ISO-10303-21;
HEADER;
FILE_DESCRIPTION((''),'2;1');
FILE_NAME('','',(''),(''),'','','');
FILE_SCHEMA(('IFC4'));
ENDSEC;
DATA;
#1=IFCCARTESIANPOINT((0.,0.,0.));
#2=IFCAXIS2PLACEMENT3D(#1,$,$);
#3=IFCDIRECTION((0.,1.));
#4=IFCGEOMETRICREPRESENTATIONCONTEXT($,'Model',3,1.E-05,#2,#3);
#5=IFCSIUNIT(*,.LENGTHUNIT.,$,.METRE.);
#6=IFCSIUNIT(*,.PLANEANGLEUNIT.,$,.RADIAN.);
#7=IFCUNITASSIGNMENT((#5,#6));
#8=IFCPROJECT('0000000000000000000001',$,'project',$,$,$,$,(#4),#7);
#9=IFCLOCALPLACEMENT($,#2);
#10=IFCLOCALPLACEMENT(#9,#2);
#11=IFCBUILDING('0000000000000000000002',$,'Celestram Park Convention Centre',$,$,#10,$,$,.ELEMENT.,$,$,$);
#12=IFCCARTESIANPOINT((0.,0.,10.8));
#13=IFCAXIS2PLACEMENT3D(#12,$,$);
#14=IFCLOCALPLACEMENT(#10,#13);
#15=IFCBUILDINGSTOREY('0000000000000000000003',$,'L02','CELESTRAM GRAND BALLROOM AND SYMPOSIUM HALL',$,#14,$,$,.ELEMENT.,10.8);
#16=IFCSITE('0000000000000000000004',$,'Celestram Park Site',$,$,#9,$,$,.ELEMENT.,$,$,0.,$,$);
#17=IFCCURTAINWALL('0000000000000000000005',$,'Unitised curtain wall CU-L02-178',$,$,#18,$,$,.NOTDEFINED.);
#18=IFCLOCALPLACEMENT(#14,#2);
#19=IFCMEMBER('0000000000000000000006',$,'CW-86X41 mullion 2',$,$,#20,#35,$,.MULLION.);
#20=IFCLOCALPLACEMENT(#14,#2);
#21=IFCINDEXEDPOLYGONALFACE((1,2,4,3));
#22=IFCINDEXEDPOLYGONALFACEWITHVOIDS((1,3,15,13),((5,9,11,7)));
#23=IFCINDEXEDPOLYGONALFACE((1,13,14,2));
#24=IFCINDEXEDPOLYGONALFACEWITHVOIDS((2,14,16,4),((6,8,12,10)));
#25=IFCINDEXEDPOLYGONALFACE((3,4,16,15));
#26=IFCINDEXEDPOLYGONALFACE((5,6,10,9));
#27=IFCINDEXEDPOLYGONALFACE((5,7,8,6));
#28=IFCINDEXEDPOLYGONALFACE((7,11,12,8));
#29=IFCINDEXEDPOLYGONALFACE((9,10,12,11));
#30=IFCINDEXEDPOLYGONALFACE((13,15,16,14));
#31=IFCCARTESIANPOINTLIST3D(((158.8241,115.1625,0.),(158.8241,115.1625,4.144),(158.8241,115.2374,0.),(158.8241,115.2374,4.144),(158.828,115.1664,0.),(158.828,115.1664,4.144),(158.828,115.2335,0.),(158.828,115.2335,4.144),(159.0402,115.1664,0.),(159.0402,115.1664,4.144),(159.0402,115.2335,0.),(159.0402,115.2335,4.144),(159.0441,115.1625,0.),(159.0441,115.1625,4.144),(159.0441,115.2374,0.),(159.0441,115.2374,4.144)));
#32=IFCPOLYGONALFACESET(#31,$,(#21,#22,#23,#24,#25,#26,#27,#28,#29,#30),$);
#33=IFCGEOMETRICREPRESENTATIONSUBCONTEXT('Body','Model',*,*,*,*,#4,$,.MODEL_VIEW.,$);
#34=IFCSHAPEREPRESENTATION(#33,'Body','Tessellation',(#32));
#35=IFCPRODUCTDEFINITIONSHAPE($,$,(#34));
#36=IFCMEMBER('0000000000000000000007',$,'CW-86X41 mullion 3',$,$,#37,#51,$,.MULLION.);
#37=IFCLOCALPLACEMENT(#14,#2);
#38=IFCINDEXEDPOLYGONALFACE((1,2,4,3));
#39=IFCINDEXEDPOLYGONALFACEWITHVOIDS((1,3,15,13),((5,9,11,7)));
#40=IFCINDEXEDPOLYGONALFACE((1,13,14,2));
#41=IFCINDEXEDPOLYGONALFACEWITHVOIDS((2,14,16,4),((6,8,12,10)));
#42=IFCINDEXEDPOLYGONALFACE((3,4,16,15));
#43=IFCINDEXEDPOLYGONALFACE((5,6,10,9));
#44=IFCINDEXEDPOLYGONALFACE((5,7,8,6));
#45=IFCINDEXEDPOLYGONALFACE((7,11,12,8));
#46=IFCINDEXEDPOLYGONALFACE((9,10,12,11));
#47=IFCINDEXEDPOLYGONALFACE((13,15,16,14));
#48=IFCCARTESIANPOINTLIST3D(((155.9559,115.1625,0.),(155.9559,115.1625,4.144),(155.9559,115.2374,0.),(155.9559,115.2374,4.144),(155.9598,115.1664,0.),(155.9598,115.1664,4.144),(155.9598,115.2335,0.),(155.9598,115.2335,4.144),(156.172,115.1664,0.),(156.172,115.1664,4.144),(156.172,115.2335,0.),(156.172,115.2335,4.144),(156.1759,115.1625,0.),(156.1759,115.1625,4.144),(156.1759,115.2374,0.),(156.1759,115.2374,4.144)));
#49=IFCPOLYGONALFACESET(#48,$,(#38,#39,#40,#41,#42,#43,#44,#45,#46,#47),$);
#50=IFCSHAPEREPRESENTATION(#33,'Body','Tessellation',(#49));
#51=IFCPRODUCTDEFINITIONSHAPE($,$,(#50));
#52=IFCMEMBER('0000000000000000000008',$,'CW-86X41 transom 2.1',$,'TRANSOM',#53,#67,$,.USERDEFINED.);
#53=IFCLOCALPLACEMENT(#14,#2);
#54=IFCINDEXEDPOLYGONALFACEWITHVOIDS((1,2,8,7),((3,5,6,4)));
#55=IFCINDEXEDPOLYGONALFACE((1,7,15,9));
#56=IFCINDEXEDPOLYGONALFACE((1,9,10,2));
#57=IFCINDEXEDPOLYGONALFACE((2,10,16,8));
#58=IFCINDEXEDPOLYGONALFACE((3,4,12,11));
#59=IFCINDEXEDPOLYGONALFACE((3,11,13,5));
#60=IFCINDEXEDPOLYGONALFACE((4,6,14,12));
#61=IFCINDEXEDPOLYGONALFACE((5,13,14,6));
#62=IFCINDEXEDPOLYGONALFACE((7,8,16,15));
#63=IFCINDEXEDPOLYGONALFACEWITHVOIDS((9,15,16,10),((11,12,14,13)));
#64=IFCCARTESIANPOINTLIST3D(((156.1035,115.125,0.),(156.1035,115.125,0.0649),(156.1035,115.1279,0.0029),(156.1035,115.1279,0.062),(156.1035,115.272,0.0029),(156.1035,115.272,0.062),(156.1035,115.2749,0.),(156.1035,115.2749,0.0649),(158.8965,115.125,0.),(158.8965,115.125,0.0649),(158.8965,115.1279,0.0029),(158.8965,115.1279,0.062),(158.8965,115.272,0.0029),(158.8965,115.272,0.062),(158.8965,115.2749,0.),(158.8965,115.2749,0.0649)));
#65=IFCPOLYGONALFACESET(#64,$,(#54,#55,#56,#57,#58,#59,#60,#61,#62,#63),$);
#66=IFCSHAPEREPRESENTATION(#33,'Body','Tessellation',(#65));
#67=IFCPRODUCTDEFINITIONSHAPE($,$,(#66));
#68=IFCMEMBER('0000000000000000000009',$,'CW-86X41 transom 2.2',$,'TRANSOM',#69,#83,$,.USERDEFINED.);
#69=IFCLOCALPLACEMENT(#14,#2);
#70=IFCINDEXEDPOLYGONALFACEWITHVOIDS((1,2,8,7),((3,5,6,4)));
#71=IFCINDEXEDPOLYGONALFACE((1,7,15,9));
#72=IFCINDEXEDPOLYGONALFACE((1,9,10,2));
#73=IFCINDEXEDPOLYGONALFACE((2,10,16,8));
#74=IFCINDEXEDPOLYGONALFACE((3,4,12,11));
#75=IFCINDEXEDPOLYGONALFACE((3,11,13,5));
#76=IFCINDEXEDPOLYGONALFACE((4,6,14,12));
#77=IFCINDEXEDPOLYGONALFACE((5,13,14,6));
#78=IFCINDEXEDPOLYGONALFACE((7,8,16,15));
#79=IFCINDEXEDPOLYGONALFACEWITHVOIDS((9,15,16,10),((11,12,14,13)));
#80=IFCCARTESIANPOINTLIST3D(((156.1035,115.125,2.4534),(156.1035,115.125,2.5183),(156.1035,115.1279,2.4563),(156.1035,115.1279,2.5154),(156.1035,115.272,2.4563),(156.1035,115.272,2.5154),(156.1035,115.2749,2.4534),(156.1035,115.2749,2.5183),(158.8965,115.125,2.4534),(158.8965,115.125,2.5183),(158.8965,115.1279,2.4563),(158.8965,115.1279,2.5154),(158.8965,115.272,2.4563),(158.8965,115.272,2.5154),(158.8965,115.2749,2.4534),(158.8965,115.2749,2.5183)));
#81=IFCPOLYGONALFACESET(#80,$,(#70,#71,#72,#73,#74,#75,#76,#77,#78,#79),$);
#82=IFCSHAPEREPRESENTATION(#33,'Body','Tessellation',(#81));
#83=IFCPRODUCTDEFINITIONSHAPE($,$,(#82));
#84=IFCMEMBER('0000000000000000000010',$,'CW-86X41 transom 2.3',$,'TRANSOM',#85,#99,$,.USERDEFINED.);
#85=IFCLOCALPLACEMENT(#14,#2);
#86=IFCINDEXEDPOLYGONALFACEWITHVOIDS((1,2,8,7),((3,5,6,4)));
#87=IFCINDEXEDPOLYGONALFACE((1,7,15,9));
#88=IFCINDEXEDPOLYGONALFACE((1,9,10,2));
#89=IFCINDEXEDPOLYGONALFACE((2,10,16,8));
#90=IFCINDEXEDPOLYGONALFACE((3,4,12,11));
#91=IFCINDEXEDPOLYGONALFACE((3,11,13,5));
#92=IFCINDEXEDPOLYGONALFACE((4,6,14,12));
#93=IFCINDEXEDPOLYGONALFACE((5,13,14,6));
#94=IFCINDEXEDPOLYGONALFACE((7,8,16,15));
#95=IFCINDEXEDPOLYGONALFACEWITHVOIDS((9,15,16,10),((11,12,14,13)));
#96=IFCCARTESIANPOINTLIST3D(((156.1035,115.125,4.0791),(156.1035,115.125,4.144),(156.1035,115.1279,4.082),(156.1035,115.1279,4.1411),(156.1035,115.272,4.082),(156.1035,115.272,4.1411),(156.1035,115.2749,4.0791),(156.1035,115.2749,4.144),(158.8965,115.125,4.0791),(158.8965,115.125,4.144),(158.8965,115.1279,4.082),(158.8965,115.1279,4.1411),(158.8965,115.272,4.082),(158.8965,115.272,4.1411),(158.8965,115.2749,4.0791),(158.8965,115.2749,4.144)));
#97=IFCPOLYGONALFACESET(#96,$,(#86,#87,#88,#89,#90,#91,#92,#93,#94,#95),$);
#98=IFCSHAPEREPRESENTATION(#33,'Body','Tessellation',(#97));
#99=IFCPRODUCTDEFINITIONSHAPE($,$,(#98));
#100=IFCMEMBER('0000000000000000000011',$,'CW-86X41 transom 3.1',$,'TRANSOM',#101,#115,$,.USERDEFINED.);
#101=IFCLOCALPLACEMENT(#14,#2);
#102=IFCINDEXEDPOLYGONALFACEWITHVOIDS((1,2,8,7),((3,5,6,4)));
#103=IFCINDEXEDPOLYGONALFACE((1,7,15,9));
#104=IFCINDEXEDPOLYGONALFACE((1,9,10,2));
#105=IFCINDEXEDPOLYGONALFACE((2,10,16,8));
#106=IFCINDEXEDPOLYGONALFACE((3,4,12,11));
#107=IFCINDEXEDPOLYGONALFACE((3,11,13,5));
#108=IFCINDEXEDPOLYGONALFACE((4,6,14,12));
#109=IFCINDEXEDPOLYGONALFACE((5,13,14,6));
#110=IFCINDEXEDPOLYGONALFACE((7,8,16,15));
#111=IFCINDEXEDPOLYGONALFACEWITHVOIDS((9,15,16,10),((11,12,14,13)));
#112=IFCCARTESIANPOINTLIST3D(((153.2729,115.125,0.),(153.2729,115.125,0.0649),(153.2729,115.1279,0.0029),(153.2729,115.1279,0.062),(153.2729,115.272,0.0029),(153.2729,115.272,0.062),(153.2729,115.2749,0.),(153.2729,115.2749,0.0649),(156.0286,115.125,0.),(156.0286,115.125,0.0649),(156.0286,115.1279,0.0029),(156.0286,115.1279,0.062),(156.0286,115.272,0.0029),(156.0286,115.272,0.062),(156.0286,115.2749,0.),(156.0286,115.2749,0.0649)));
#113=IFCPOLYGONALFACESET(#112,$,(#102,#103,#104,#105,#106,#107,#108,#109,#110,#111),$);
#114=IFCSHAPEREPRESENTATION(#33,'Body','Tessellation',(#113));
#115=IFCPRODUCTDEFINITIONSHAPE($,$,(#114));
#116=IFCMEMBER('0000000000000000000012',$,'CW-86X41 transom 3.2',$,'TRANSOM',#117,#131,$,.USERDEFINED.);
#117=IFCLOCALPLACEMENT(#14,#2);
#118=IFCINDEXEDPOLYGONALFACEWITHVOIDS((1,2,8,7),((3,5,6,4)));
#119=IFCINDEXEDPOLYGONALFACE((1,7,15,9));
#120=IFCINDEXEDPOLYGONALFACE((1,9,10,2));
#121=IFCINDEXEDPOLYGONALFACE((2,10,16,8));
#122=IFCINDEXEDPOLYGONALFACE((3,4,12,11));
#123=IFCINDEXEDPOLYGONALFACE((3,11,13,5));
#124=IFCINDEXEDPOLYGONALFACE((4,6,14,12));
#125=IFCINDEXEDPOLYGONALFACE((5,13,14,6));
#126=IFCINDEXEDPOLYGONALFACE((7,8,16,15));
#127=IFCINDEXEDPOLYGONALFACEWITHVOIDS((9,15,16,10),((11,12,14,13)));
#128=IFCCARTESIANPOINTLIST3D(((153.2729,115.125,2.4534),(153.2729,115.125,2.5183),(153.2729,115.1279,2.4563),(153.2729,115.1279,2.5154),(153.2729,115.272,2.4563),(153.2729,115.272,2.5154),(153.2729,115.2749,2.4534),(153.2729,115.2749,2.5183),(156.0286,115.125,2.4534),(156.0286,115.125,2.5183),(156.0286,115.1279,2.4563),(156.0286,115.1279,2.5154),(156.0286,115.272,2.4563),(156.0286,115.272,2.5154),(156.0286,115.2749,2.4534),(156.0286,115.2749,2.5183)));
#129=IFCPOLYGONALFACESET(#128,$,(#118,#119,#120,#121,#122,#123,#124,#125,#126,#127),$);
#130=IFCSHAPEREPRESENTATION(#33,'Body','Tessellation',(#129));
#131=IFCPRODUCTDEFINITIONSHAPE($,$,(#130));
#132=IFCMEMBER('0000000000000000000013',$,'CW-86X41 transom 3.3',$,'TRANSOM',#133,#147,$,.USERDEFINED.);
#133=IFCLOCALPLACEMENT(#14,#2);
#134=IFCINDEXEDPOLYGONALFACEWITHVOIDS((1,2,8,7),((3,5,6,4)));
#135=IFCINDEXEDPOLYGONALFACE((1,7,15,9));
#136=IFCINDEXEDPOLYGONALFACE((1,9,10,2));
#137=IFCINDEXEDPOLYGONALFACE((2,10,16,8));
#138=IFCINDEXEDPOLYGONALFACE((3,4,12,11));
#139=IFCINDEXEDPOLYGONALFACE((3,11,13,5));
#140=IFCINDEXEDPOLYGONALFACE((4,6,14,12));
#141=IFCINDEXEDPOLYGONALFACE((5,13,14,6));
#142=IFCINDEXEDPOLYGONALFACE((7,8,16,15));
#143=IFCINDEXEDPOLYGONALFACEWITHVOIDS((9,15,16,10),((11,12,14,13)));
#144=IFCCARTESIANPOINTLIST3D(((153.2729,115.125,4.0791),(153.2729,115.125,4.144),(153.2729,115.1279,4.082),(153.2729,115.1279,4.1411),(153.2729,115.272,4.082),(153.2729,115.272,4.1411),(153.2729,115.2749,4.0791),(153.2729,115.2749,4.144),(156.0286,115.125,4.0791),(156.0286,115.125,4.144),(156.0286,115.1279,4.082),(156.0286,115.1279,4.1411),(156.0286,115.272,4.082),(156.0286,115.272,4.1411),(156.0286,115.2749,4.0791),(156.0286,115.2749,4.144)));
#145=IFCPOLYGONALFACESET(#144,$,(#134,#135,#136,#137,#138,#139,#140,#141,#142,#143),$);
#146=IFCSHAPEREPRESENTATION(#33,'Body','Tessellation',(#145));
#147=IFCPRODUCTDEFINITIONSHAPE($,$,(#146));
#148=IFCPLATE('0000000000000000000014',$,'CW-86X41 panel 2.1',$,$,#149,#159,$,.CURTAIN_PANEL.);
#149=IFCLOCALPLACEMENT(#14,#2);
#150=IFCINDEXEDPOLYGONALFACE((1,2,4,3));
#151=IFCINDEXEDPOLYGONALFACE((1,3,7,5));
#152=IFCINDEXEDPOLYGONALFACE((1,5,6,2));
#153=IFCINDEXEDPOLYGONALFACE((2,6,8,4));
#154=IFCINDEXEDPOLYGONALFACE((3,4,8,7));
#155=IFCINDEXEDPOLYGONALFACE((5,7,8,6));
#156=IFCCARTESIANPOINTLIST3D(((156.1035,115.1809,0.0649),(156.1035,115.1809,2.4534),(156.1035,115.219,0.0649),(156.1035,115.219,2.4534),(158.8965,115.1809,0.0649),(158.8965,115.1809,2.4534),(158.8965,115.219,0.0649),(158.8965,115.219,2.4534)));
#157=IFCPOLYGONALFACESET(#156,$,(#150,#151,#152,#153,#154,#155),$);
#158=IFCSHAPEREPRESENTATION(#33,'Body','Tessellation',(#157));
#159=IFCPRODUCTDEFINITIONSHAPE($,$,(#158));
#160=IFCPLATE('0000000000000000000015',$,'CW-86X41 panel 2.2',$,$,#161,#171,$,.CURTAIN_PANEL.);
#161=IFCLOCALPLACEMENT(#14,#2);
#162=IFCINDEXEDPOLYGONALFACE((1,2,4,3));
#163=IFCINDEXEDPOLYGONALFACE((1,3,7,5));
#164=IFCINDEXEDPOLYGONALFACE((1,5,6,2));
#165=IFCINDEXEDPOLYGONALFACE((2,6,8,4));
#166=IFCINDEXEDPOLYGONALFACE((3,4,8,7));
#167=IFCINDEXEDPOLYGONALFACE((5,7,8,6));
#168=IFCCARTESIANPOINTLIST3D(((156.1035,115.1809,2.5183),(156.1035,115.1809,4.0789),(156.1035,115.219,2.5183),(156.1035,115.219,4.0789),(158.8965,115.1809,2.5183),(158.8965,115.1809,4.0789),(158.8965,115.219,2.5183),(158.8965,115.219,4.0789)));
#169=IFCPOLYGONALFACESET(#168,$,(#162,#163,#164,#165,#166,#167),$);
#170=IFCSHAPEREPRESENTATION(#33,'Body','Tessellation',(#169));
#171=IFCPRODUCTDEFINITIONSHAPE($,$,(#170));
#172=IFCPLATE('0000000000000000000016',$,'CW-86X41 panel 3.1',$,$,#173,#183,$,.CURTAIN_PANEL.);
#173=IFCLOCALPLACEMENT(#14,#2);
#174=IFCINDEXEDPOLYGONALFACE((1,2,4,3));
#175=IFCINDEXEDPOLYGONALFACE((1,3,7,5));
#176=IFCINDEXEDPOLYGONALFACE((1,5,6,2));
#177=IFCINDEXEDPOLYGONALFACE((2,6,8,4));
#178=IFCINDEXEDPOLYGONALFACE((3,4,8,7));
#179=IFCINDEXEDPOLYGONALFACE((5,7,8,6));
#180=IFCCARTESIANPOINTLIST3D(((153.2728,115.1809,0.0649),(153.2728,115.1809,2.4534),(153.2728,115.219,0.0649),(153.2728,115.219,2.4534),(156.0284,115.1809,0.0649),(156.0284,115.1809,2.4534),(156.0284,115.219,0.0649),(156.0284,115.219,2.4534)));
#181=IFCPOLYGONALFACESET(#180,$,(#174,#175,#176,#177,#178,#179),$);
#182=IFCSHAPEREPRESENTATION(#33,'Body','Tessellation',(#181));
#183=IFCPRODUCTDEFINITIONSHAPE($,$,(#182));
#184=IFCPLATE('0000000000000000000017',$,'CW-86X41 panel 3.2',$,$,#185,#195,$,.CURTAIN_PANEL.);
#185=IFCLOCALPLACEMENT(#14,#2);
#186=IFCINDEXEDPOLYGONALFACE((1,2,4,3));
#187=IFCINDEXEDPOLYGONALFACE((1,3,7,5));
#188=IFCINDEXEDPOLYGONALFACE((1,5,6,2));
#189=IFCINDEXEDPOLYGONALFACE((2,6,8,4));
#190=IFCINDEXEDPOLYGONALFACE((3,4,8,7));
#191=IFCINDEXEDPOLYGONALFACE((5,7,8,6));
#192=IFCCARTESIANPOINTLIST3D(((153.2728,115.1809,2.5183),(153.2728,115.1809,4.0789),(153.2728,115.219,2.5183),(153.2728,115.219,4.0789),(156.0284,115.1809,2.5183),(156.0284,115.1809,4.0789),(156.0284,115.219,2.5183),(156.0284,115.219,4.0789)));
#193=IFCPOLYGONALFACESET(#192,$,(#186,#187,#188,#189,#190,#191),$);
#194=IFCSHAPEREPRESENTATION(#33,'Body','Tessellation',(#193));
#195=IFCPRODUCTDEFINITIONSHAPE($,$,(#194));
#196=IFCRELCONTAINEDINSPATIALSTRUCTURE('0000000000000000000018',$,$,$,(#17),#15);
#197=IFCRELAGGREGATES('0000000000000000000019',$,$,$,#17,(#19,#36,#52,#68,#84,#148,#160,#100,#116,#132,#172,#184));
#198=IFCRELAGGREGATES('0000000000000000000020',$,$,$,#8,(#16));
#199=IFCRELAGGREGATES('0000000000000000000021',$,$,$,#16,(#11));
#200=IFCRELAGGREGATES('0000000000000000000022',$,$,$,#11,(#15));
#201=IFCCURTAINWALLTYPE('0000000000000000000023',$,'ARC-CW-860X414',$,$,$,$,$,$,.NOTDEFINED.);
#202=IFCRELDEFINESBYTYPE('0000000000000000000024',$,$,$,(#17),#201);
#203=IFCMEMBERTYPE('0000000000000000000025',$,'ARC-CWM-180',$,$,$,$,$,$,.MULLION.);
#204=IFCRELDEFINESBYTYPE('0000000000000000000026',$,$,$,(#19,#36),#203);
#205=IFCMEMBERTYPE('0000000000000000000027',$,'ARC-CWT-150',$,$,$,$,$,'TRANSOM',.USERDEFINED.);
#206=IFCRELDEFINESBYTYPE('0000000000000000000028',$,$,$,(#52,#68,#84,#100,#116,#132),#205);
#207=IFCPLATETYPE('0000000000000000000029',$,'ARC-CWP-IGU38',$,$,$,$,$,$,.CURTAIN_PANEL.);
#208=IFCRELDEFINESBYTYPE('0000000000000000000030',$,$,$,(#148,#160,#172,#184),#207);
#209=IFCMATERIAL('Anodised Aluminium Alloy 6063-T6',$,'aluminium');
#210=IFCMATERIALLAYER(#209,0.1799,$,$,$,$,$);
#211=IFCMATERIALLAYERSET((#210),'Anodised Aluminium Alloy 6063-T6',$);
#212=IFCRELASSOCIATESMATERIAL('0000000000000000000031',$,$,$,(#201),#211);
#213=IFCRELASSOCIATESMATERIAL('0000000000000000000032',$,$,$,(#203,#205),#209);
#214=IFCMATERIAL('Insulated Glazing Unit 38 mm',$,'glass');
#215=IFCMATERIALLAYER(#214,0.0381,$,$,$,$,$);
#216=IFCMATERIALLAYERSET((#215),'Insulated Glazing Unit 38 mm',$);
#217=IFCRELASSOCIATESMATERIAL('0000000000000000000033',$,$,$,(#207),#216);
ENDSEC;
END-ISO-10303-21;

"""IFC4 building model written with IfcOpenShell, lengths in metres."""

from ifc_helpers import new_model, si_unit, direction, frame, origin, origin_2d, place, context, subcontext, project, spatial, rectangle, hollow_rectangle, extrude, material, layer, layer_set, material_profile, profile_set, type_object, element, aggregate, save


model = new_model("IFC4")

# Units and contexts
model_context = context("Model", 3, precision=1e-05, world=origin(), true_north=direction((0.0, 1.0)))
body_context = subcontext(model_context, "Body", "Model", "MODEL_VIEW")
ifc_project = project(units=[si_unit("LENGTHUNIT", "METRE"), si_unit("PLANEANGLEUNIT", "RADIAN")], contexts=[model_context])

# Site, building, storey
site_placement = place(None, origin())
site = spatial("IfcSite", under=ifc_project, at=site_placement, Name="Celestram Park Site", CompositionType="ELEMENT", RefElevation=0.0)
building_placement = place(site_placement, origin())
building = spatial("IfcBuilding", under=site, at=building_placement, Name="Celestram Park Convention Centre", CompositionType="ELEMENT")
storey_placement = place(building_placement, frame((0.0, 0.0, 10.8)))
storey = spatial("IfcBuildingStorey", under=building, at=storey_placement, Name="L02", Description="CELESTRAM GRAND BALLROOM AND SYMPOSIUM HALL", CompositionType="ELEMENT", Elevation=10.8)

# Curtain wall, members, plates
ifc_material_1 = material(Name="Anodised Aluminium Alloy 6063-T6", Category="aluminium")
ifc_layer_1 = layer(ifc_material_1, 0.1799)
ifc_layer_set_1 = layer_set([ifc_layer_1], Name="Anodised Aluminium Alloy 6063-T6")
curtain_wall_type = type_object("IfcCurtainWallType", Name="ARC-CW-860X414", PredefinedType="NOTDEFINED", material=ifc_layer_set_1)
curtain_wall_placement = place(storey_placement, origin())
curtain_wall = element("IfcCurtainWall", 1, at=curtain_wall_placement, inside=storey, type_object=curtain_wall_type, Name="Unitised curtain wall CU-L02-178", PredefinedType="NOTDEFINED")
ifc_material_profile_1 = material_profile(ifc_material_1, hollow_rectangle(XDim=0.075, YDim=0.22, WallThickness=0.0039, at=origin_2d()), Name="ALU75X220X4")
ifc_profile_set_1 = profile_set([ifc_material_profile_1], Name="Anodised Aluminium Alloy 6063-T6")
member_type_1 = type_object("IfcMemberType", Name="ARC-CWM-180", PredefinedType="MULLION", material=ifc_profile_set_1)
member_1_placement = place(storey_placement, frame((158.9341, 115.2, 0.0), z_axis=(0.0, 0.0, 1.0), x_axis=(0.0, -1.0, 0.0)))
member_1 = element("IfcMember", 2, at=member_1_placement, type_object=member_type_1, Name="CW-86X41 mullion 2", PredefinedType="MULLION", context=body_context, shape_type="SweptSolid", body=[
    extrude(hollow_rectangle(XDim=0.075, YDim=0.22, WallThickness=0.0039, at=origin_2d()), origin(), (0.0, 0.0, 1.0), 4.144),
])
member_2_placement = place(storey_placement, frame((156.0659, 115.2, 0.0), z_axis=(0.0, 0.0, 1.0), x_axis=(0.0, -1.0, 0.0)))
member_2 = element("IfcMember", 3, at=member_2_placement, type_object=member_type_1, Name="CW-86X41 mullion 3", PredefinedType="MULLION", context=body_context, shape_type="SweptSolid", body=[
    extrude(hollow_rectangle(XDim=0.075, YDim=0.22, WallThickness=0.0039, at=origin_2d()), origin(), (0.0, 0.0, 1.0), 4.144),
])
ifc_material_profile_2 = material_profile(ifc_material_1, hollow_rectangle(XDim=0.1499, YDim=0.0649, WallThickness=0.0029, at=origin_2d()), Name="ALU150X65X3")
ifc_profile_set_2 = profile_set([ifc_material_profile_2], Name="Anodised Aluminium Alloy 6063-T6")
member_type_2 = type_object("IfcMemberType", Name="ARC-CWT-150", ElementType="TRANSOM", PredefinedType="USERDEFINED", material=ifc_profile_set_2)
member_3_placement = place(storey_placement, frame((158.8965, 115.2, 0.0325), z_axis=(-1.0, 0.0, 0.0), x_axis=(0.0, -1.0, 0.0)))
member_3 = element("IfcMember", 4, at=member_3_placement, type_object=member_type_2, Name="CW-86X41 transom 2.1", ObjectType="TRANSOM", PredefinedType="USERDEFINED", context=body_context, shape_type="SweptSolid", body=[
    extrude(hollow_rectangle(XDim=0.1499, YDim=0.0649, WallThickness=0.0029, at=origin_2d()), origin(), (0.0, 0.0, 1.0), 2.793),
])
member_4_placement = place(storey_placement, frame((158.8965, 115.2, 2.4858), z_axis=(-1.0, 0.0, 0.0), x_axis=(0.0, -1.0, 0.0)))
member_4 = element("IfcMember", 5, at=member_4_placement, type_object=member_type_2, Name="CW-86X41 transom 2.2", ObjectType="TRANSOM", PredefinedType="USERDEFINED", context=body_context, shape_type="SweptSolid", body=[
    extrude(hollow_rectangle(XDim=0.1499, YDim=0.0649, WallThickness=0.0029, at=origin_2d()), origin(), (0.0, 0.0, 1.0), 2.793),
])
member_5_placement = place(storey_placement, frame((158.8965, 115.2, 4.1116), z_axis=(-1.0, 0.0, 0.0), x_axis=(0.0, -1.0, 0.0)))
member_5 = element("IfcMember", 6, at=member_5_placement, type_object=member_type_2, Name="CW-86X41 transom 2.3", ObjectType="TRANSOM", PredefinedType="USERDEFINED", context=body_context, shape_type="SweptSolid", body=[
    extrude(hollow_rectangle(XDim=0.1499, YDim=0.0649, WallThickness=0.0029, at=origin_2d()), origin(), (0.0, 0.0, 1.0), 2.793),
])
member_6_placement = place(storey_placement, frame((156.0286, 115.2, 0.0325), z_axis=(-1.0, 0.0, 0.0), x_axis=(0.0, -1.0, 0.0)))
member_6 = element("IfcMember", 7, at=member_6_placement, type_object=member_type_2, Name="CW-86X41 transom 3.1", ObjectType="TRANSOM", PredefinedType="USERDEFINED", context=body_context, shape_type="SweptSolid", body=[
    extrude(hollow_rectangle(XDim=0.1499, YDim=0.0649, WallThickness=0.0029, at=origin_2d()), origin(), (0.0, 0.0, 1.0), 2.7556),
])
member_7_placement = place(storey_placement, frame((156.0286, 115.2, 2.4858), z_axis=(-1.0, 0.0, 0.0), x_axis=(0.0, -1.0, 0.0)))
member_7 = element("IfcMember", 8, at=member_7_placement, type_object=member_type_2, Name="CW-86X41 transom 3.2", ObjectType="TRANSOM", PredefinedType="USERDEFINED", context=body_context, shape_type="SweptSolid", body=[
    extrude(hollow_rectangle(XDim=0.1499, YDim=0.0649, WallThickness=0.0029, at=origin_2d()), origin(), (0.0, 0.0, 1.0), 2.7556),
])
member_8_placement = place(storey_placement, frame((156.0286, 115.2, 4.1116), z_axis=(-1.0, 0.0, 0.0), x_axis=(0.0, -1.0, 0.0)))
member_8 = element("IfcMember", 9, at=member_8_placement, type_object=member_type_2, Name="CW-86X41 transom 3.3", ObjectType="TRANSOM", PredefinedType="USERDEFINED", context=body_context, shape_type="SweptSolid", body=[
    extrude(hollow_rectangle(XDim=0.1499, YDim=0.0649, WallThickness=0.0029, at=origin_2d()), origin(), (0.0, 0.0, 1.0), 2.7556),
])
ifc_material_2 = material(Name="Insulated Glazing Unit 38 mm", Category="glass")
ifc_layer_2 = layer(ifc_material_2, 0.0381)
ifc_layer_set_2 = layer_set([ifc_layer_2], Name="Insulated Glazing Unit 38 mm")
plate_type = type_object("IfcPlateType", Name="ARC-CWP-IGU38", PredefinedType="CURTAIN_PANEL", material=ifc_layer_set_2)
plate_1_placement = place(storey_placement, frame((157.5, 115.2, 0.0649), z_axis=(0.0, 0.0, 1.0), x_axis=(-1.0, 0.0, 0.0)))
plate_1 = element("IfcPlate", 10, at=plate_1_placement, type_object=plate_type, Name="CW-86X41 panel 2.1", PredefinedType="CURTAIN_PANEL", context=body_context, shape_type="SweptSolid", body=[
    extrude(rectangle(XDim=2.793, YDim=0.0381, at=origin_2d()), origin(), (0.0, 0.0, 1.0), 2.3884),
])
plate_2_placement = place(storey_placement, frame((157.5, 115.2, 2.5183), z_axis=(0.0, 0.0, 1.0), x_axis=(-1.0, 0.0, 0.0)))
plate_2 = element("IfcPlate", 11, at=plate_2_placement, type_object=plate_type, Name="CW-86X41 panel 2.2", PredefinedType="CURTAIN_PANEL", context=body_context, shape_type="SweptSolid", body=[
    extrude(rectangle(XDim=2.793, YDim=0.0381, at=origin_2d()), origin(), (0.0, 0.0, 1.0), 1.5605),
])
plate_3_placement = place(storey_placement, frame((154.6506, 115.2, 0.0649), z_axis=(0.0, 0.0, 1.0), x_axis=(-1.0, 0.0, 0.0)))
plate_3 = element("IfcPlate", 12, at=plate_3_placement, type_object=plate_type, Name="CW-86X41 panel 3.1", PredefinedType="CURTAIN_PANEL", context=body_context, shape_type="SweptSolid", body=[
    extrude(rectangle(XDim=2.7556, YDim=0.0381, at=origin_2d()), origin(), (0.0, 0.0, 1.0), 2.3884),
])
plate_4_placement = place(storey_placement, frame((154.6506, 115.2, 2.5183), z_axis=(0.0, 0.0, 1.0), x_axis=(-1.0, 0.0, 0.0)))
plate_4 = element("IfcPlate", 13, at=plate_4_placement, type_object=plate_type, Name="CW-86X41 panel 3.2", PredefinedType="CURTAIN_PANEL", context=body_context, shape_type="SweptSolid", body=[
    extrude(rectangle(XDim=2.7556, YDim=0.0381, at=origin_2d()), origin(), (0.0, 0.0, 1.0), 1.5605),
])
aggregate(curtain_wall, [member_1, member_2, member_3, member_4, member_5, plate_1, plate_2, member_6, member_7, member_8, plate_3, plate_4])

save(model, "model.ifc")
